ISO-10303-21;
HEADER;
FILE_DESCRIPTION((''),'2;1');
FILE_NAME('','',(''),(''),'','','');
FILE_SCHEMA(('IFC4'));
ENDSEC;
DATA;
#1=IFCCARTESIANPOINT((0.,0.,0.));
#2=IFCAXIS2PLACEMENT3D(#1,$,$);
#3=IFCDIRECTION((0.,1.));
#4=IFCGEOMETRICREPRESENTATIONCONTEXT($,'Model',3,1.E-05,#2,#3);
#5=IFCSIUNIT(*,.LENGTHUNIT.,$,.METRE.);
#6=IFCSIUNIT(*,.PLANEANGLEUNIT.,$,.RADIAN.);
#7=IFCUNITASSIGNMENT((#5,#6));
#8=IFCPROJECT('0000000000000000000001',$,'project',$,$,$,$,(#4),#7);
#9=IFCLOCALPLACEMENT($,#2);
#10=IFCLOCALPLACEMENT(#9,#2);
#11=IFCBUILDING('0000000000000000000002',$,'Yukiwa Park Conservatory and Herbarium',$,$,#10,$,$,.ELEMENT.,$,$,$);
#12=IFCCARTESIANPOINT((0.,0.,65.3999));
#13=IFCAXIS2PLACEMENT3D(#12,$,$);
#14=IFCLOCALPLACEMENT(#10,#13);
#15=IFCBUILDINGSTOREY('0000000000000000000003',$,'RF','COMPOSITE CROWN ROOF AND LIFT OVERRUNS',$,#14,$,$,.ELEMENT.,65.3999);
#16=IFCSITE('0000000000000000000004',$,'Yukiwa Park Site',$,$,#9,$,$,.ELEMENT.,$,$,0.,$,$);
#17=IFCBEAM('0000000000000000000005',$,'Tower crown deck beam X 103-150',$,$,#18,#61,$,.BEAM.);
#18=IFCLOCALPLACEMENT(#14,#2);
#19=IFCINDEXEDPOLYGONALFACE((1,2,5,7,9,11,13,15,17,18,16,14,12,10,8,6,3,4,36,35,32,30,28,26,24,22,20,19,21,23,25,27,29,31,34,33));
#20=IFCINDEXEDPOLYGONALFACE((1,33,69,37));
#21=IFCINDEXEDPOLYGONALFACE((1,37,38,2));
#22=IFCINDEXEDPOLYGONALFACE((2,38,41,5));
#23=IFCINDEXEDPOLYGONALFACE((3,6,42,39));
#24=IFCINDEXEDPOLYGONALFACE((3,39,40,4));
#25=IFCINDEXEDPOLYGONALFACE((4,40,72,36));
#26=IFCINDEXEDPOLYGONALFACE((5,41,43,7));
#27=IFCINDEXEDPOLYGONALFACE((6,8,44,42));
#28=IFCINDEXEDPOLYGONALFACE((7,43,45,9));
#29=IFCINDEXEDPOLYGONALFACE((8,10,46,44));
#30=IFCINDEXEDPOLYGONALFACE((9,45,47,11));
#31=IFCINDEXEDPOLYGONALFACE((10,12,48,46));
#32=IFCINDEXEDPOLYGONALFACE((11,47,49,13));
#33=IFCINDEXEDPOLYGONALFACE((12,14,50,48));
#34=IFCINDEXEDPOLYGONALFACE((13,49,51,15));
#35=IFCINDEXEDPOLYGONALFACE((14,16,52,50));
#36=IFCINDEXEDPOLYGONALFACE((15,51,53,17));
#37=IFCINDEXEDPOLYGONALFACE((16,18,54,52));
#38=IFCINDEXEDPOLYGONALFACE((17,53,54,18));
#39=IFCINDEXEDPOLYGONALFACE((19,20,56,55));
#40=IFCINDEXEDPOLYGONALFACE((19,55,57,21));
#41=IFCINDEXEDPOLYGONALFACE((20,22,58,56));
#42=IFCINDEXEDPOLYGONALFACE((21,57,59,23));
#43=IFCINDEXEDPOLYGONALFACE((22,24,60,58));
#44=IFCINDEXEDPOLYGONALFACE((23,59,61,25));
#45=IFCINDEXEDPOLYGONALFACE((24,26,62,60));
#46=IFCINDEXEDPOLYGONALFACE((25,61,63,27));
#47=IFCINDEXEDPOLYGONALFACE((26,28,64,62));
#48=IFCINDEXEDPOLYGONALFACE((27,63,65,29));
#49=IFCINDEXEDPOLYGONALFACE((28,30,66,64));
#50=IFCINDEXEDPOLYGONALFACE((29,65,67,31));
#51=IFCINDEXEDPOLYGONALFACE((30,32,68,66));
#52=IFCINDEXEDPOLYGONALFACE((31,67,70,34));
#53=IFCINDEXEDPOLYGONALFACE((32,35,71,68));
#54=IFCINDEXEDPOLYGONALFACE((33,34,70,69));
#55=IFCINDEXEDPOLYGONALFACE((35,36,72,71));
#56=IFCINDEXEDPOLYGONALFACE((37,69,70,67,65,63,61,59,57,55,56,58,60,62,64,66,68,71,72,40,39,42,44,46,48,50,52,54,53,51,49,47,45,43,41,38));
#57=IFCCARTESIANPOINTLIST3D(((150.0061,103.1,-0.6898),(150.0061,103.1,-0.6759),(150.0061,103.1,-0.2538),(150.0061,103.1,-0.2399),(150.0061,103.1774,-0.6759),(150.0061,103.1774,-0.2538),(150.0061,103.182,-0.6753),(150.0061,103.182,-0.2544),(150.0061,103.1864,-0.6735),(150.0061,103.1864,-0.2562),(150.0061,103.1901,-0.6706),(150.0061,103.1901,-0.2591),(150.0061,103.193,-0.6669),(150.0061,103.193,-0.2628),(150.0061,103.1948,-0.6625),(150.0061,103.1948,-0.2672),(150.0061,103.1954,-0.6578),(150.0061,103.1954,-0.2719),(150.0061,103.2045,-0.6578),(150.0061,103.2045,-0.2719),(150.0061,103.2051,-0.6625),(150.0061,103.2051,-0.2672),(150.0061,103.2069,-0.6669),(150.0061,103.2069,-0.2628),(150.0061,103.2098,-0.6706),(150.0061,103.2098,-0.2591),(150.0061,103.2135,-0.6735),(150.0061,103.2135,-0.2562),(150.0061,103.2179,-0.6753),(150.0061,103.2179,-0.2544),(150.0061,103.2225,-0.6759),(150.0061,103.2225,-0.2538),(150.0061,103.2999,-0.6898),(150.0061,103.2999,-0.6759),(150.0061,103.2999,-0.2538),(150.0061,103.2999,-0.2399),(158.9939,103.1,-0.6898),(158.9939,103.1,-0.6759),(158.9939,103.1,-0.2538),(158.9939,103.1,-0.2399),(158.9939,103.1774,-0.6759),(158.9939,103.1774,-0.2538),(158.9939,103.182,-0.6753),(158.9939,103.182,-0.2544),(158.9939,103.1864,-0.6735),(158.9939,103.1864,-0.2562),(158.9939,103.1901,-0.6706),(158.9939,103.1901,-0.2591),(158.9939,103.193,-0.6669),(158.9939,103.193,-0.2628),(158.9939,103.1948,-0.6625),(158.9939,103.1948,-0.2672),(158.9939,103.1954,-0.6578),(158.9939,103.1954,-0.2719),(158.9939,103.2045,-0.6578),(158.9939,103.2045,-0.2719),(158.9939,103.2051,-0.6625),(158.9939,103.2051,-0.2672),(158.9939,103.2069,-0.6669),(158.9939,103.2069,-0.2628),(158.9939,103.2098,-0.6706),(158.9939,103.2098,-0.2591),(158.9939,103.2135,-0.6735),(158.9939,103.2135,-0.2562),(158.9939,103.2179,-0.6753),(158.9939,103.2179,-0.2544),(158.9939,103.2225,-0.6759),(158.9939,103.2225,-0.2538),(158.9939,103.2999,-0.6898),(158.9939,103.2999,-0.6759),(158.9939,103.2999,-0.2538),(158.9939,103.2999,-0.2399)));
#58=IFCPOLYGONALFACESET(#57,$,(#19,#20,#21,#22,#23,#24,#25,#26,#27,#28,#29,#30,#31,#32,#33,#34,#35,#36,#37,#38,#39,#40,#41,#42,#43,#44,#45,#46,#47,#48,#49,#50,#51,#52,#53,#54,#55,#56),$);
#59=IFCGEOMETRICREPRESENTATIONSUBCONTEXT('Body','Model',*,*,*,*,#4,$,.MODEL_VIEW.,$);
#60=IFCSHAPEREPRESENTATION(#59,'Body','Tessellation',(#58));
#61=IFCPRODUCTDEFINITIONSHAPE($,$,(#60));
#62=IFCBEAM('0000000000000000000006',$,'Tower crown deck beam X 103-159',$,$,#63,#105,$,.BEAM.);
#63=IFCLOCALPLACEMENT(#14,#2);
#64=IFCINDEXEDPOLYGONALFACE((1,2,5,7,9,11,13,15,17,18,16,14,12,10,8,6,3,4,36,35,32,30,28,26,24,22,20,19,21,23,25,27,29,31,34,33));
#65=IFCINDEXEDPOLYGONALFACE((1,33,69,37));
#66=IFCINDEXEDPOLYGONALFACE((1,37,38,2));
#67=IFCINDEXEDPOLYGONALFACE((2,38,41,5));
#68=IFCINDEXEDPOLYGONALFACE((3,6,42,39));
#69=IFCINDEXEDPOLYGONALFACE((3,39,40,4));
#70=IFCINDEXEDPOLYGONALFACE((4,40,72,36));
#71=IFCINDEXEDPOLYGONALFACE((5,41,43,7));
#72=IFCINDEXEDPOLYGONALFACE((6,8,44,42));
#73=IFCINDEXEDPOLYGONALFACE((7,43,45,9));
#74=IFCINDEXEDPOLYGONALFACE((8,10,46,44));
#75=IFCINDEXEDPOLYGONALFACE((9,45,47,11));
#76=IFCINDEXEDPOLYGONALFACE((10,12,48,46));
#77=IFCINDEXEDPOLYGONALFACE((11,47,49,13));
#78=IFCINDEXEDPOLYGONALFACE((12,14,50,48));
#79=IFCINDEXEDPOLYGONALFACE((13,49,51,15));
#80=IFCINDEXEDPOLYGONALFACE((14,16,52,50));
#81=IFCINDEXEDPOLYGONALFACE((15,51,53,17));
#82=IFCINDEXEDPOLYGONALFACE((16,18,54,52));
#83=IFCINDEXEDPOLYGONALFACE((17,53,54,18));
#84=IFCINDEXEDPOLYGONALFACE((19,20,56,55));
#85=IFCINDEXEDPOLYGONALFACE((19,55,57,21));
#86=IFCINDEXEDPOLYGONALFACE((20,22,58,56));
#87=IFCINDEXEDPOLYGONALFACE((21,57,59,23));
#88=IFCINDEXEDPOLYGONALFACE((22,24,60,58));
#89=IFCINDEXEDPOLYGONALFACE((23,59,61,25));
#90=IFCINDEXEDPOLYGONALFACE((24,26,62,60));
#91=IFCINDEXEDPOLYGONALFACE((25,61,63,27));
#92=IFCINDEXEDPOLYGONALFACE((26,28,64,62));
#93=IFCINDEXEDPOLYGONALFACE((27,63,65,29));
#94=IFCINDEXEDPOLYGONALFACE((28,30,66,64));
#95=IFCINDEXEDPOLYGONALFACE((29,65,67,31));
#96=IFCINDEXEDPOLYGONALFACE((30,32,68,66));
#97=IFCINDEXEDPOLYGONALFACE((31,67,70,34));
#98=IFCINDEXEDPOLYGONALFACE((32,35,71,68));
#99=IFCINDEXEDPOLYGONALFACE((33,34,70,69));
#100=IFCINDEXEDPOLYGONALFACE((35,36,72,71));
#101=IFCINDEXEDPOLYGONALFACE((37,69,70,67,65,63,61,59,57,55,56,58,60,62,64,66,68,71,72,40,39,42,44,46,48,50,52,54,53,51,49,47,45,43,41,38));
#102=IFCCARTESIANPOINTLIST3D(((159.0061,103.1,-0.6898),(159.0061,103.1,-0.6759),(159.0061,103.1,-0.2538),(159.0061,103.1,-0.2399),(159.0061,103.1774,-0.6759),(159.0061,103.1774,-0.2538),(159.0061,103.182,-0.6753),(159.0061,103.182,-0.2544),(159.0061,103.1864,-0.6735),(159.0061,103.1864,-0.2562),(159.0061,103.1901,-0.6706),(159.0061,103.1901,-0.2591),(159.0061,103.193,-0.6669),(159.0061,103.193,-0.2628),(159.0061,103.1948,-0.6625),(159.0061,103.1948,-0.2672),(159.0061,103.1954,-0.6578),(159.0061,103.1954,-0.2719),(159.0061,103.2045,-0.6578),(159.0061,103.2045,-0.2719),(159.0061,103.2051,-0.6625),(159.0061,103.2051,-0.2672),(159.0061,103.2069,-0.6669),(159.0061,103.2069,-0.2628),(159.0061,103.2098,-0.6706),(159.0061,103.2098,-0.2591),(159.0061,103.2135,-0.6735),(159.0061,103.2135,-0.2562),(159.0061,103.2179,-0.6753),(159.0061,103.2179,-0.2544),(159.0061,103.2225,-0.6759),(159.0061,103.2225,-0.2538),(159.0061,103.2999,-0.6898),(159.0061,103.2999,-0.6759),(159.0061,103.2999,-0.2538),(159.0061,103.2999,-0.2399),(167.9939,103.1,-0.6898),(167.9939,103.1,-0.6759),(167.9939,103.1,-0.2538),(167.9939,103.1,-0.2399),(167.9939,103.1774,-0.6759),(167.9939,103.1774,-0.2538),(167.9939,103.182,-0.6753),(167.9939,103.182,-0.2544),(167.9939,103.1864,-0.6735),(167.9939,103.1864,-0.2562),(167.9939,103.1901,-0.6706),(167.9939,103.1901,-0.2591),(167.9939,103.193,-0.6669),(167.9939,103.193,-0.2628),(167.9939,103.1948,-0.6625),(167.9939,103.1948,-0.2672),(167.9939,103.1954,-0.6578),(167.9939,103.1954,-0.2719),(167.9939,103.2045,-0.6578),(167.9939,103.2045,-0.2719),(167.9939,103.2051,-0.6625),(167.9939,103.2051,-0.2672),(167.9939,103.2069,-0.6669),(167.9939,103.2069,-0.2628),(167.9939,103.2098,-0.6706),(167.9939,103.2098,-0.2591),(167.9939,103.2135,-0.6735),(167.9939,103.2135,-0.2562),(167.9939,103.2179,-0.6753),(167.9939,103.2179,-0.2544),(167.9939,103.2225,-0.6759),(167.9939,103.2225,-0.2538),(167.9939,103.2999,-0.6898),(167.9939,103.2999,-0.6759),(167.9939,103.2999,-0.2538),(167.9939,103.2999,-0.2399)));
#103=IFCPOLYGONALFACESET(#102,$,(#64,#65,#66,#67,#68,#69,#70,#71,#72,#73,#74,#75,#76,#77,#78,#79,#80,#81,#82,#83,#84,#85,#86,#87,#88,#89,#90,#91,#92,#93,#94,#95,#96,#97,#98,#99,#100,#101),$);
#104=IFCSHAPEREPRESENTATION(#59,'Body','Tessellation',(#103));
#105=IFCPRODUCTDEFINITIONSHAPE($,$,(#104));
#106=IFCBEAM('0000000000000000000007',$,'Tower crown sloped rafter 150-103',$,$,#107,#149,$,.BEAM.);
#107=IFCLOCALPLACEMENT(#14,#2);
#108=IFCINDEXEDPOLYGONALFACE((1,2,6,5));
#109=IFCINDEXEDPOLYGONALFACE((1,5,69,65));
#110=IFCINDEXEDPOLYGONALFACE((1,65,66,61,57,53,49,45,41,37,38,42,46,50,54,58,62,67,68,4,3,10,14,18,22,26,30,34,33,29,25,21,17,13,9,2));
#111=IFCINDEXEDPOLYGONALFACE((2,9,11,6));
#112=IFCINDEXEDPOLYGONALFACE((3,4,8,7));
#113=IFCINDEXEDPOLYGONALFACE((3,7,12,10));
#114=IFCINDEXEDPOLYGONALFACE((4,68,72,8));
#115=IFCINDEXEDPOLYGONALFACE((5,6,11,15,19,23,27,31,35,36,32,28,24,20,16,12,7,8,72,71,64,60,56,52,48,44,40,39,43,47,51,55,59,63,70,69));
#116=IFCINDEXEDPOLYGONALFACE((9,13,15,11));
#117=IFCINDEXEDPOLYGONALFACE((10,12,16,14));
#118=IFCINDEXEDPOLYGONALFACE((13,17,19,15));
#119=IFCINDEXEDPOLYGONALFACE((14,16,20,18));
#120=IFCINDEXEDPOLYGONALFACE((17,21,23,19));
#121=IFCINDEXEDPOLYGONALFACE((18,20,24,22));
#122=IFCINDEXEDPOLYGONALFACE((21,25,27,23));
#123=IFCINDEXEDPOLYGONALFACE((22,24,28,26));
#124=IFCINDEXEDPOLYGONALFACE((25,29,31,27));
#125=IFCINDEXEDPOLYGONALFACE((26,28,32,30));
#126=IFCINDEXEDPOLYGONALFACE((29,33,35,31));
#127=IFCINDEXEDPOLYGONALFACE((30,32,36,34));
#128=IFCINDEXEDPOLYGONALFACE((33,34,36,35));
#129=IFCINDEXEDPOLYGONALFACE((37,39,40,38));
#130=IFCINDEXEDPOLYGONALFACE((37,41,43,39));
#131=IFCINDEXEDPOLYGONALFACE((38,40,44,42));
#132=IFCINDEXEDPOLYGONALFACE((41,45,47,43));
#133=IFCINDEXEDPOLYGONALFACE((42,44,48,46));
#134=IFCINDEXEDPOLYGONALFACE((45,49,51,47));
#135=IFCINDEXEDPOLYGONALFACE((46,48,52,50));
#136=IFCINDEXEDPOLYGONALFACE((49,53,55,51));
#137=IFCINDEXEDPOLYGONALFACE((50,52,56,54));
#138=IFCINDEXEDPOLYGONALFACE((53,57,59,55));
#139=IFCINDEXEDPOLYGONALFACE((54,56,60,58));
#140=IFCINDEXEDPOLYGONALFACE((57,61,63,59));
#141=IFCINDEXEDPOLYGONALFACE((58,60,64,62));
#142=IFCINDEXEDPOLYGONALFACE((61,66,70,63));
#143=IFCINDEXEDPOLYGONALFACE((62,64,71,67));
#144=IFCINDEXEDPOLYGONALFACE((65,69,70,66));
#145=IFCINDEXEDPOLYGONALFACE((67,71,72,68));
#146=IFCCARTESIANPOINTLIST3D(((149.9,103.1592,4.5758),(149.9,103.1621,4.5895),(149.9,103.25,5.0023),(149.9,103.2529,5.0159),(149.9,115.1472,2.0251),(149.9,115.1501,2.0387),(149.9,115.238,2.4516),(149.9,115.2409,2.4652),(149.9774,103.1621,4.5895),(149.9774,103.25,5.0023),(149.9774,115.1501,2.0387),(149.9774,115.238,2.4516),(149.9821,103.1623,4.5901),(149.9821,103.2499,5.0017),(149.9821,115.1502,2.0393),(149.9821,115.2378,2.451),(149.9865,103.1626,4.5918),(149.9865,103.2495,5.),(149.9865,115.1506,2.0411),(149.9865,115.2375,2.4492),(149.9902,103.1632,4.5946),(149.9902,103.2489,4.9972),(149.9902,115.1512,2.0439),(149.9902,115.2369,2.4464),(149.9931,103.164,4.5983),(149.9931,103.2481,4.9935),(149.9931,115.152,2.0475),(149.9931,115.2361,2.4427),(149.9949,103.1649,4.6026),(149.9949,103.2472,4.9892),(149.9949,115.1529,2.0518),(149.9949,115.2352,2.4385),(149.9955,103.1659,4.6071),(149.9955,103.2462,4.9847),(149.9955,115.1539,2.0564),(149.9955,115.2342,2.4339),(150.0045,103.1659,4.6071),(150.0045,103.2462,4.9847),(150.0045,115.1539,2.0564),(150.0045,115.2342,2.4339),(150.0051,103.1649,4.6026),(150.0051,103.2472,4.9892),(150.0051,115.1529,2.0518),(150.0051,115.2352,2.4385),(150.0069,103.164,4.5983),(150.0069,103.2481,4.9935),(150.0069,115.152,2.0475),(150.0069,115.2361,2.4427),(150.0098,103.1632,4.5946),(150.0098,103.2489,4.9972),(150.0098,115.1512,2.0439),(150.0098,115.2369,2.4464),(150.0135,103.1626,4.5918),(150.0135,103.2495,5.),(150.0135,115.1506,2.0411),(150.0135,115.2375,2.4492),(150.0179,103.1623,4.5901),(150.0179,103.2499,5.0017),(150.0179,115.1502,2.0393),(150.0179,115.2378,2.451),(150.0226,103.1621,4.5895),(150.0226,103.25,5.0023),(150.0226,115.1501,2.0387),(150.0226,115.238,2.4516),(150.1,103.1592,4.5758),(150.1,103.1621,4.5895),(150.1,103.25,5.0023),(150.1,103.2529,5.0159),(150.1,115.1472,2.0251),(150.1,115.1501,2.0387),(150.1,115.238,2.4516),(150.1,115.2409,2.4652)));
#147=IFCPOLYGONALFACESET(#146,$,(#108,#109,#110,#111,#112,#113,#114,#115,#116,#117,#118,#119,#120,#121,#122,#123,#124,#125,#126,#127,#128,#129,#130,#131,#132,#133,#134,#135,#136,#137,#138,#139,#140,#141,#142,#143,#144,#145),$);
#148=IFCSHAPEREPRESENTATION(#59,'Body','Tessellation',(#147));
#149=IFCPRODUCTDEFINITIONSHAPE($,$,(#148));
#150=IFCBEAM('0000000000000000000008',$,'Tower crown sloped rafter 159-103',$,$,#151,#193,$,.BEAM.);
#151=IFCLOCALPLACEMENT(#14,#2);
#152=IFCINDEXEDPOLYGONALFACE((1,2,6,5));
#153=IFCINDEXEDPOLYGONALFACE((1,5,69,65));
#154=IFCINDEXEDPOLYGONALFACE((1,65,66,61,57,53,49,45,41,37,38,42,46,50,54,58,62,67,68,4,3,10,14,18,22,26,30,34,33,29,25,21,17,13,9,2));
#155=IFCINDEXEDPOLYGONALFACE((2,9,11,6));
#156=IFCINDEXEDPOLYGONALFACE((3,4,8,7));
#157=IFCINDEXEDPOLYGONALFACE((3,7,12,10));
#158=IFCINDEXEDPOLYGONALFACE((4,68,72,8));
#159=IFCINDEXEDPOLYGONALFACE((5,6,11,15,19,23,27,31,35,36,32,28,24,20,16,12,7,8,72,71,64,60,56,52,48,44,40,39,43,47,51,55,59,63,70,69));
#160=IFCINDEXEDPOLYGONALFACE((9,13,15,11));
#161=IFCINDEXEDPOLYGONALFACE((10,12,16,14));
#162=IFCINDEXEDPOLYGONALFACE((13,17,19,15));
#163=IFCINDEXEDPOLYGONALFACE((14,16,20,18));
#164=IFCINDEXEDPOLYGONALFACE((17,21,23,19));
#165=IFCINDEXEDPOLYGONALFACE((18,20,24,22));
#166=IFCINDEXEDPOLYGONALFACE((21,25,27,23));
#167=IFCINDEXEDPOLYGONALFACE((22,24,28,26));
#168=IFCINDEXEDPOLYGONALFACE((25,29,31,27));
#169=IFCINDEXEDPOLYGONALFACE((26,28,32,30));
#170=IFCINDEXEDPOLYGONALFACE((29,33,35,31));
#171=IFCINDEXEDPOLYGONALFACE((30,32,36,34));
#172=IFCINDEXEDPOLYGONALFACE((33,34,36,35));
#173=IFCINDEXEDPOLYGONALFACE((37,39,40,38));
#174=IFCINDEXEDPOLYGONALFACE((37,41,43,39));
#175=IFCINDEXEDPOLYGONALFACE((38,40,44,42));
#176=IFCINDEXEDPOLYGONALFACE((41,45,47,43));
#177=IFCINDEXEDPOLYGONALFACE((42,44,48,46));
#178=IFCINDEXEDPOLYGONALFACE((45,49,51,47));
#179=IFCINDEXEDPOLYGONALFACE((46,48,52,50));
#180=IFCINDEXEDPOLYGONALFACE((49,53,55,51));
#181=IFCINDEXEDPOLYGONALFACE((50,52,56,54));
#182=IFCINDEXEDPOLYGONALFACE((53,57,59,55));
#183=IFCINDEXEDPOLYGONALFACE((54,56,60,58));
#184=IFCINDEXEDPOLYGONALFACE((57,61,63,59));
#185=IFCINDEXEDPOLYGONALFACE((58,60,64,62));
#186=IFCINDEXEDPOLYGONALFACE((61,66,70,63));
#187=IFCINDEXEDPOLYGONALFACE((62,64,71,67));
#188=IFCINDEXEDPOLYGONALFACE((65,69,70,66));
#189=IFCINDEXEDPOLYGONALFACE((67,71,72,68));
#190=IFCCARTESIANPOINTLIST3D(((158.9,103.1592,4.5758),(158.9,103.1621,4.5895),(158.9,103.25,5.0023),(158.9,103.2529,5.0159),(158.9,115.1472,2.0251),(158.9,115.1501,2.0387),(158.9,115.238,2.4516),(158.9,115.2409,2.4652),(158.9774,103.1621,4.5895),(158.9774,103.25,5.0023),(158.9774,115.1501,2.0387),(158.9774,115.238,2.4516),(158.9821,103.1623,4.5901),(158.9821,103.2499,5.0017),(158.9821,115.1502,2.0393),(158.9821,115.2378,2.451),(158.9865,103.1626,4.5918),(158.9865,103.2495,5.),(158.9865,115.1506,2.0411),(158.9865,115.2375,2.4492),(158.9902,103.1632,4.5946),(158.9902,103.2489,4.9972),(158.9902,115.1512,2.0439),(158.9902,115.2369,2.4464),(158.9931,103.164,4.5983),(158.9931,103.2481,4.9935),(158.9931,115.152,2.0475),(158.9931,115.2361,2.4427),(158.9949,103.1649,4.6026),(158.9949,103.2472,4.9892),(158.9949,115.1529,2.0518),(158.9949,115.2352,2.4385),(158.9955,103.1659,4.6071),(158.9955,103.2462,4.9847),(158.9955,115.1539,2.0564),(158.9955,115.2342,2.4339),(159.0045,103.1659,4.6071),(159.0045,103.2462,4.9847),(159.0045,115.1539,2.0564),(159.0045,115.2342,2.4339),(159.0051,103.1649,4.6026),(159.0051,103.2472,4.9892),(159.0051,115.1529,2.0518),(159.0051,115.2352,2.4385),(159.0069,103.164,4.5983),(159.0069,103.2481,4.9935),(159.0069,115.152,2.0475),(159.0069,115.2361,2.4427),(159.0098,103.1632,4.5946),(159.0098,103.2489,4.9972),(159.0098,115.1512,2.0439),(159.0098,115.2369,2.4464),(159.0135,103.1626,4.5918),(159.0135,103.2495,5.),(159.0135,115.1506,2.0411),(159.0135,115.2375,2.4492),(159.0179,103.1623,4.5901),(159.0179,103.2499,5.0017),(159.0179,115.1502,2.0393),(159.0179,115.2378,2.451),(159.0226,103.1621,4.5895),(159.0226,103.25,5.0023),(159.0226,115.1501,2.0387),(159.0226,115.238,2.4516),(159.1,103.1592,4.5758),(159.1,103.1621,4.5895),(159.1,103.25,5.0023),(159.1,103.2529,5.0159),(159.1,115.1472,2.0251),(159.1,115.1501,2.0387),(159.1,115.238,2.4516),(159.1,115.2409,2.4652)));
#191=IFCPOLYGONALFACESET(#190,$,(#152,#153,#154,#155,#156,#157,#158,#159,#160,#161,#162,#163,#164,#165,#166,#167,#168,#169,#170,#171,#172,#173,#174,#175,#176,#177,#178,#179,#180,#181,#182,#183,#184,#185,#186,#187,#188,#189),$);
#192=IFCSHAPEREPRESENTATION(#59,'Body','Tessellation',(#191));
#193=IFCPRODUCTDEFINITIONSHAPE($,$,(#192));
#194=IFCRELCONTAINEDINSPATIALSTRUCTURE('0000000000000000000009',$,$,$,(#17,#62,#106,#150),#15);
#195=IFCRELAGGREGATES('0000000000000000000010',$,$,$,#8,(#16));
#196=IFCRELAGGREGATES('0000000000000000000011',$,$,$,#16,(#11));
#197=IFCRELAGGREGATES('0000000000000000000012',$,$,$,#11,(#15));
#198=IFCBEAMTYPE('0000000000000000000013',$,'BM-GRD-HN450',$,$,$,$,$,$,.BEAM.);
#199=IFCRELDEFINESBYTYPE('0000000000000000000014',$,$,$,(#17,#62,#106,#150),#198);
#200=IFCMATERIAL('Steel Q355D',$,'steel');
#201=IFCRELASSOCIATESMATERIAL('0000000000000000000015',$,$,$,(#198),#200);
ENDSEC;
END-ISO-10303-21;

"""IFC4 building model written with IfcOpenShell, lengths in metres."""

from ifc_helpers import new_model, si_unit, direction, frame, origin, origin_2d, place, context, subcontext, project, spatial, i_section, extrude, material, material_profile, profile_set, type_object, element, save


model = new_model("IFC4")

# Units and contexts
model_context = context("Model", 3, precision=1e-05, world=origin(), true_north=direction((0.0, 1.0)))
body_context = subcontext(model_context, "Body", "Model", "MODEL_VIEW")
ifc_project = project(units=[si_unit("LENGTHUNIT", "METRE"), si_unit("PLANEANGLEUNIT", "RADIAN")], contexts=[model_context])

# Site, building, storey
site_placement = place(None, origin())
site = spatial("IfcSite", under=ifc_project, at=site_placement, Name="Yukiwa Park Site", CompositionType="ELEMENT", RefElevation=0.0)
building_placement = place(site_placement, origin())
building = spatial("IfcBuilding", under=site, at=building_placement, Name="Yukiwa Park Conservatory and Herbarium", CompositionType="ELEMENT")
storey_placement = place(building_placement, frame((0.0, 0.0, 65.3999)))
storey = spatial("IfcBuildingStorey", under=building, at=storey_placement, Name="RF", Description="COMPOSITE CROWN ROOF AND LIFT OVERRUNS", CompositionType="ELEMENT", Elevation=65.3999)

# Beams
ifc_material_1 = material(Name="Steel Q355D", Category="steel")
ifc_material_profile_1 = material_profile(ifc_material_1, i_section(OverallWidth=0.2, OverallDepth=0.45, WebThickness=0.009, FlangeThickness=0.0139, FilletRadius=0.0181, at=origin_2d()), Name="HN 450x200x9x14")
ifc_profile_set_1 = profile_set([ifc_material_profile_1], Name="Steel Q355D")
beam_type_1 = type_object("IfcBeamType", Name="BM-GRD-HN450", PredefinedType="BEAM", material=ifc_profile_set_1)
for number, where, z_axis, x_axis, name in (
    (1, (150.0061, 103.2, -0.4648), (1.0, 0.0, 0.0), (0.0, 1.0, 0.0), "Tower crown deck beam X 103-150"),
    (2, (159.0061, 103.2, -0.4648), (1.0, 0.0, 0.0), (0.0, 1.0, 0.0), "Tower crown deck beam X 103-159"),
):
    element("IfcBeam", number, at=place(storey_placement, frame(where, z_axis=z_axis, x_axis=x_axis)), inside=storey, type_object=beam_type_1, Name=name, PredefinedType="BEAM", context=body_context, shape_type="SweptSolid", body=[
        extrude(i_section(OverallWidth=0.2, OverallDepth=0.45, WebThickness=0.009, FlangeThickness=0.0139, FilletRadius=0.0181, at=origin_2d()), origin(), (0.0, 0.0, 1.0), 8.9878),
    ])
for number, where, z_axis, x_axis, name in (
    (3, (150.0, 103.2061, 4.7959), (0.0, 0.978104, -0.208118), (-1.0, 0.0, 0.0), "Tower crown sloped rafter 150-103"),
    (4, (159.0, 103.2061, 4.7959), (0.0, 0.978104, -0.208118), (-1.0, 0.0, 0.0), "Tower crown sloped rafter 159-103"),
):
    element("IfcBeam", number, at=place(storey_placement, frame(where, z_axis=z_axis, x_axis=x_axis)), inside=storey, type_object=beam_type_1, Name=name, PredefinedType="BEAM", context=body_context, shape_type="SweptSolid", body=[
        extrude(i_section(OverallWidth=0.2, OverallDepth=0.45, WebThickness=0.009, FlangeThickness=0.0139, FilletRadius=0.0181, at=origin_2d()), origin(), (0.0, 0.0, 1.0), 12.2563),
    ])

save(model, "model.ifc")
